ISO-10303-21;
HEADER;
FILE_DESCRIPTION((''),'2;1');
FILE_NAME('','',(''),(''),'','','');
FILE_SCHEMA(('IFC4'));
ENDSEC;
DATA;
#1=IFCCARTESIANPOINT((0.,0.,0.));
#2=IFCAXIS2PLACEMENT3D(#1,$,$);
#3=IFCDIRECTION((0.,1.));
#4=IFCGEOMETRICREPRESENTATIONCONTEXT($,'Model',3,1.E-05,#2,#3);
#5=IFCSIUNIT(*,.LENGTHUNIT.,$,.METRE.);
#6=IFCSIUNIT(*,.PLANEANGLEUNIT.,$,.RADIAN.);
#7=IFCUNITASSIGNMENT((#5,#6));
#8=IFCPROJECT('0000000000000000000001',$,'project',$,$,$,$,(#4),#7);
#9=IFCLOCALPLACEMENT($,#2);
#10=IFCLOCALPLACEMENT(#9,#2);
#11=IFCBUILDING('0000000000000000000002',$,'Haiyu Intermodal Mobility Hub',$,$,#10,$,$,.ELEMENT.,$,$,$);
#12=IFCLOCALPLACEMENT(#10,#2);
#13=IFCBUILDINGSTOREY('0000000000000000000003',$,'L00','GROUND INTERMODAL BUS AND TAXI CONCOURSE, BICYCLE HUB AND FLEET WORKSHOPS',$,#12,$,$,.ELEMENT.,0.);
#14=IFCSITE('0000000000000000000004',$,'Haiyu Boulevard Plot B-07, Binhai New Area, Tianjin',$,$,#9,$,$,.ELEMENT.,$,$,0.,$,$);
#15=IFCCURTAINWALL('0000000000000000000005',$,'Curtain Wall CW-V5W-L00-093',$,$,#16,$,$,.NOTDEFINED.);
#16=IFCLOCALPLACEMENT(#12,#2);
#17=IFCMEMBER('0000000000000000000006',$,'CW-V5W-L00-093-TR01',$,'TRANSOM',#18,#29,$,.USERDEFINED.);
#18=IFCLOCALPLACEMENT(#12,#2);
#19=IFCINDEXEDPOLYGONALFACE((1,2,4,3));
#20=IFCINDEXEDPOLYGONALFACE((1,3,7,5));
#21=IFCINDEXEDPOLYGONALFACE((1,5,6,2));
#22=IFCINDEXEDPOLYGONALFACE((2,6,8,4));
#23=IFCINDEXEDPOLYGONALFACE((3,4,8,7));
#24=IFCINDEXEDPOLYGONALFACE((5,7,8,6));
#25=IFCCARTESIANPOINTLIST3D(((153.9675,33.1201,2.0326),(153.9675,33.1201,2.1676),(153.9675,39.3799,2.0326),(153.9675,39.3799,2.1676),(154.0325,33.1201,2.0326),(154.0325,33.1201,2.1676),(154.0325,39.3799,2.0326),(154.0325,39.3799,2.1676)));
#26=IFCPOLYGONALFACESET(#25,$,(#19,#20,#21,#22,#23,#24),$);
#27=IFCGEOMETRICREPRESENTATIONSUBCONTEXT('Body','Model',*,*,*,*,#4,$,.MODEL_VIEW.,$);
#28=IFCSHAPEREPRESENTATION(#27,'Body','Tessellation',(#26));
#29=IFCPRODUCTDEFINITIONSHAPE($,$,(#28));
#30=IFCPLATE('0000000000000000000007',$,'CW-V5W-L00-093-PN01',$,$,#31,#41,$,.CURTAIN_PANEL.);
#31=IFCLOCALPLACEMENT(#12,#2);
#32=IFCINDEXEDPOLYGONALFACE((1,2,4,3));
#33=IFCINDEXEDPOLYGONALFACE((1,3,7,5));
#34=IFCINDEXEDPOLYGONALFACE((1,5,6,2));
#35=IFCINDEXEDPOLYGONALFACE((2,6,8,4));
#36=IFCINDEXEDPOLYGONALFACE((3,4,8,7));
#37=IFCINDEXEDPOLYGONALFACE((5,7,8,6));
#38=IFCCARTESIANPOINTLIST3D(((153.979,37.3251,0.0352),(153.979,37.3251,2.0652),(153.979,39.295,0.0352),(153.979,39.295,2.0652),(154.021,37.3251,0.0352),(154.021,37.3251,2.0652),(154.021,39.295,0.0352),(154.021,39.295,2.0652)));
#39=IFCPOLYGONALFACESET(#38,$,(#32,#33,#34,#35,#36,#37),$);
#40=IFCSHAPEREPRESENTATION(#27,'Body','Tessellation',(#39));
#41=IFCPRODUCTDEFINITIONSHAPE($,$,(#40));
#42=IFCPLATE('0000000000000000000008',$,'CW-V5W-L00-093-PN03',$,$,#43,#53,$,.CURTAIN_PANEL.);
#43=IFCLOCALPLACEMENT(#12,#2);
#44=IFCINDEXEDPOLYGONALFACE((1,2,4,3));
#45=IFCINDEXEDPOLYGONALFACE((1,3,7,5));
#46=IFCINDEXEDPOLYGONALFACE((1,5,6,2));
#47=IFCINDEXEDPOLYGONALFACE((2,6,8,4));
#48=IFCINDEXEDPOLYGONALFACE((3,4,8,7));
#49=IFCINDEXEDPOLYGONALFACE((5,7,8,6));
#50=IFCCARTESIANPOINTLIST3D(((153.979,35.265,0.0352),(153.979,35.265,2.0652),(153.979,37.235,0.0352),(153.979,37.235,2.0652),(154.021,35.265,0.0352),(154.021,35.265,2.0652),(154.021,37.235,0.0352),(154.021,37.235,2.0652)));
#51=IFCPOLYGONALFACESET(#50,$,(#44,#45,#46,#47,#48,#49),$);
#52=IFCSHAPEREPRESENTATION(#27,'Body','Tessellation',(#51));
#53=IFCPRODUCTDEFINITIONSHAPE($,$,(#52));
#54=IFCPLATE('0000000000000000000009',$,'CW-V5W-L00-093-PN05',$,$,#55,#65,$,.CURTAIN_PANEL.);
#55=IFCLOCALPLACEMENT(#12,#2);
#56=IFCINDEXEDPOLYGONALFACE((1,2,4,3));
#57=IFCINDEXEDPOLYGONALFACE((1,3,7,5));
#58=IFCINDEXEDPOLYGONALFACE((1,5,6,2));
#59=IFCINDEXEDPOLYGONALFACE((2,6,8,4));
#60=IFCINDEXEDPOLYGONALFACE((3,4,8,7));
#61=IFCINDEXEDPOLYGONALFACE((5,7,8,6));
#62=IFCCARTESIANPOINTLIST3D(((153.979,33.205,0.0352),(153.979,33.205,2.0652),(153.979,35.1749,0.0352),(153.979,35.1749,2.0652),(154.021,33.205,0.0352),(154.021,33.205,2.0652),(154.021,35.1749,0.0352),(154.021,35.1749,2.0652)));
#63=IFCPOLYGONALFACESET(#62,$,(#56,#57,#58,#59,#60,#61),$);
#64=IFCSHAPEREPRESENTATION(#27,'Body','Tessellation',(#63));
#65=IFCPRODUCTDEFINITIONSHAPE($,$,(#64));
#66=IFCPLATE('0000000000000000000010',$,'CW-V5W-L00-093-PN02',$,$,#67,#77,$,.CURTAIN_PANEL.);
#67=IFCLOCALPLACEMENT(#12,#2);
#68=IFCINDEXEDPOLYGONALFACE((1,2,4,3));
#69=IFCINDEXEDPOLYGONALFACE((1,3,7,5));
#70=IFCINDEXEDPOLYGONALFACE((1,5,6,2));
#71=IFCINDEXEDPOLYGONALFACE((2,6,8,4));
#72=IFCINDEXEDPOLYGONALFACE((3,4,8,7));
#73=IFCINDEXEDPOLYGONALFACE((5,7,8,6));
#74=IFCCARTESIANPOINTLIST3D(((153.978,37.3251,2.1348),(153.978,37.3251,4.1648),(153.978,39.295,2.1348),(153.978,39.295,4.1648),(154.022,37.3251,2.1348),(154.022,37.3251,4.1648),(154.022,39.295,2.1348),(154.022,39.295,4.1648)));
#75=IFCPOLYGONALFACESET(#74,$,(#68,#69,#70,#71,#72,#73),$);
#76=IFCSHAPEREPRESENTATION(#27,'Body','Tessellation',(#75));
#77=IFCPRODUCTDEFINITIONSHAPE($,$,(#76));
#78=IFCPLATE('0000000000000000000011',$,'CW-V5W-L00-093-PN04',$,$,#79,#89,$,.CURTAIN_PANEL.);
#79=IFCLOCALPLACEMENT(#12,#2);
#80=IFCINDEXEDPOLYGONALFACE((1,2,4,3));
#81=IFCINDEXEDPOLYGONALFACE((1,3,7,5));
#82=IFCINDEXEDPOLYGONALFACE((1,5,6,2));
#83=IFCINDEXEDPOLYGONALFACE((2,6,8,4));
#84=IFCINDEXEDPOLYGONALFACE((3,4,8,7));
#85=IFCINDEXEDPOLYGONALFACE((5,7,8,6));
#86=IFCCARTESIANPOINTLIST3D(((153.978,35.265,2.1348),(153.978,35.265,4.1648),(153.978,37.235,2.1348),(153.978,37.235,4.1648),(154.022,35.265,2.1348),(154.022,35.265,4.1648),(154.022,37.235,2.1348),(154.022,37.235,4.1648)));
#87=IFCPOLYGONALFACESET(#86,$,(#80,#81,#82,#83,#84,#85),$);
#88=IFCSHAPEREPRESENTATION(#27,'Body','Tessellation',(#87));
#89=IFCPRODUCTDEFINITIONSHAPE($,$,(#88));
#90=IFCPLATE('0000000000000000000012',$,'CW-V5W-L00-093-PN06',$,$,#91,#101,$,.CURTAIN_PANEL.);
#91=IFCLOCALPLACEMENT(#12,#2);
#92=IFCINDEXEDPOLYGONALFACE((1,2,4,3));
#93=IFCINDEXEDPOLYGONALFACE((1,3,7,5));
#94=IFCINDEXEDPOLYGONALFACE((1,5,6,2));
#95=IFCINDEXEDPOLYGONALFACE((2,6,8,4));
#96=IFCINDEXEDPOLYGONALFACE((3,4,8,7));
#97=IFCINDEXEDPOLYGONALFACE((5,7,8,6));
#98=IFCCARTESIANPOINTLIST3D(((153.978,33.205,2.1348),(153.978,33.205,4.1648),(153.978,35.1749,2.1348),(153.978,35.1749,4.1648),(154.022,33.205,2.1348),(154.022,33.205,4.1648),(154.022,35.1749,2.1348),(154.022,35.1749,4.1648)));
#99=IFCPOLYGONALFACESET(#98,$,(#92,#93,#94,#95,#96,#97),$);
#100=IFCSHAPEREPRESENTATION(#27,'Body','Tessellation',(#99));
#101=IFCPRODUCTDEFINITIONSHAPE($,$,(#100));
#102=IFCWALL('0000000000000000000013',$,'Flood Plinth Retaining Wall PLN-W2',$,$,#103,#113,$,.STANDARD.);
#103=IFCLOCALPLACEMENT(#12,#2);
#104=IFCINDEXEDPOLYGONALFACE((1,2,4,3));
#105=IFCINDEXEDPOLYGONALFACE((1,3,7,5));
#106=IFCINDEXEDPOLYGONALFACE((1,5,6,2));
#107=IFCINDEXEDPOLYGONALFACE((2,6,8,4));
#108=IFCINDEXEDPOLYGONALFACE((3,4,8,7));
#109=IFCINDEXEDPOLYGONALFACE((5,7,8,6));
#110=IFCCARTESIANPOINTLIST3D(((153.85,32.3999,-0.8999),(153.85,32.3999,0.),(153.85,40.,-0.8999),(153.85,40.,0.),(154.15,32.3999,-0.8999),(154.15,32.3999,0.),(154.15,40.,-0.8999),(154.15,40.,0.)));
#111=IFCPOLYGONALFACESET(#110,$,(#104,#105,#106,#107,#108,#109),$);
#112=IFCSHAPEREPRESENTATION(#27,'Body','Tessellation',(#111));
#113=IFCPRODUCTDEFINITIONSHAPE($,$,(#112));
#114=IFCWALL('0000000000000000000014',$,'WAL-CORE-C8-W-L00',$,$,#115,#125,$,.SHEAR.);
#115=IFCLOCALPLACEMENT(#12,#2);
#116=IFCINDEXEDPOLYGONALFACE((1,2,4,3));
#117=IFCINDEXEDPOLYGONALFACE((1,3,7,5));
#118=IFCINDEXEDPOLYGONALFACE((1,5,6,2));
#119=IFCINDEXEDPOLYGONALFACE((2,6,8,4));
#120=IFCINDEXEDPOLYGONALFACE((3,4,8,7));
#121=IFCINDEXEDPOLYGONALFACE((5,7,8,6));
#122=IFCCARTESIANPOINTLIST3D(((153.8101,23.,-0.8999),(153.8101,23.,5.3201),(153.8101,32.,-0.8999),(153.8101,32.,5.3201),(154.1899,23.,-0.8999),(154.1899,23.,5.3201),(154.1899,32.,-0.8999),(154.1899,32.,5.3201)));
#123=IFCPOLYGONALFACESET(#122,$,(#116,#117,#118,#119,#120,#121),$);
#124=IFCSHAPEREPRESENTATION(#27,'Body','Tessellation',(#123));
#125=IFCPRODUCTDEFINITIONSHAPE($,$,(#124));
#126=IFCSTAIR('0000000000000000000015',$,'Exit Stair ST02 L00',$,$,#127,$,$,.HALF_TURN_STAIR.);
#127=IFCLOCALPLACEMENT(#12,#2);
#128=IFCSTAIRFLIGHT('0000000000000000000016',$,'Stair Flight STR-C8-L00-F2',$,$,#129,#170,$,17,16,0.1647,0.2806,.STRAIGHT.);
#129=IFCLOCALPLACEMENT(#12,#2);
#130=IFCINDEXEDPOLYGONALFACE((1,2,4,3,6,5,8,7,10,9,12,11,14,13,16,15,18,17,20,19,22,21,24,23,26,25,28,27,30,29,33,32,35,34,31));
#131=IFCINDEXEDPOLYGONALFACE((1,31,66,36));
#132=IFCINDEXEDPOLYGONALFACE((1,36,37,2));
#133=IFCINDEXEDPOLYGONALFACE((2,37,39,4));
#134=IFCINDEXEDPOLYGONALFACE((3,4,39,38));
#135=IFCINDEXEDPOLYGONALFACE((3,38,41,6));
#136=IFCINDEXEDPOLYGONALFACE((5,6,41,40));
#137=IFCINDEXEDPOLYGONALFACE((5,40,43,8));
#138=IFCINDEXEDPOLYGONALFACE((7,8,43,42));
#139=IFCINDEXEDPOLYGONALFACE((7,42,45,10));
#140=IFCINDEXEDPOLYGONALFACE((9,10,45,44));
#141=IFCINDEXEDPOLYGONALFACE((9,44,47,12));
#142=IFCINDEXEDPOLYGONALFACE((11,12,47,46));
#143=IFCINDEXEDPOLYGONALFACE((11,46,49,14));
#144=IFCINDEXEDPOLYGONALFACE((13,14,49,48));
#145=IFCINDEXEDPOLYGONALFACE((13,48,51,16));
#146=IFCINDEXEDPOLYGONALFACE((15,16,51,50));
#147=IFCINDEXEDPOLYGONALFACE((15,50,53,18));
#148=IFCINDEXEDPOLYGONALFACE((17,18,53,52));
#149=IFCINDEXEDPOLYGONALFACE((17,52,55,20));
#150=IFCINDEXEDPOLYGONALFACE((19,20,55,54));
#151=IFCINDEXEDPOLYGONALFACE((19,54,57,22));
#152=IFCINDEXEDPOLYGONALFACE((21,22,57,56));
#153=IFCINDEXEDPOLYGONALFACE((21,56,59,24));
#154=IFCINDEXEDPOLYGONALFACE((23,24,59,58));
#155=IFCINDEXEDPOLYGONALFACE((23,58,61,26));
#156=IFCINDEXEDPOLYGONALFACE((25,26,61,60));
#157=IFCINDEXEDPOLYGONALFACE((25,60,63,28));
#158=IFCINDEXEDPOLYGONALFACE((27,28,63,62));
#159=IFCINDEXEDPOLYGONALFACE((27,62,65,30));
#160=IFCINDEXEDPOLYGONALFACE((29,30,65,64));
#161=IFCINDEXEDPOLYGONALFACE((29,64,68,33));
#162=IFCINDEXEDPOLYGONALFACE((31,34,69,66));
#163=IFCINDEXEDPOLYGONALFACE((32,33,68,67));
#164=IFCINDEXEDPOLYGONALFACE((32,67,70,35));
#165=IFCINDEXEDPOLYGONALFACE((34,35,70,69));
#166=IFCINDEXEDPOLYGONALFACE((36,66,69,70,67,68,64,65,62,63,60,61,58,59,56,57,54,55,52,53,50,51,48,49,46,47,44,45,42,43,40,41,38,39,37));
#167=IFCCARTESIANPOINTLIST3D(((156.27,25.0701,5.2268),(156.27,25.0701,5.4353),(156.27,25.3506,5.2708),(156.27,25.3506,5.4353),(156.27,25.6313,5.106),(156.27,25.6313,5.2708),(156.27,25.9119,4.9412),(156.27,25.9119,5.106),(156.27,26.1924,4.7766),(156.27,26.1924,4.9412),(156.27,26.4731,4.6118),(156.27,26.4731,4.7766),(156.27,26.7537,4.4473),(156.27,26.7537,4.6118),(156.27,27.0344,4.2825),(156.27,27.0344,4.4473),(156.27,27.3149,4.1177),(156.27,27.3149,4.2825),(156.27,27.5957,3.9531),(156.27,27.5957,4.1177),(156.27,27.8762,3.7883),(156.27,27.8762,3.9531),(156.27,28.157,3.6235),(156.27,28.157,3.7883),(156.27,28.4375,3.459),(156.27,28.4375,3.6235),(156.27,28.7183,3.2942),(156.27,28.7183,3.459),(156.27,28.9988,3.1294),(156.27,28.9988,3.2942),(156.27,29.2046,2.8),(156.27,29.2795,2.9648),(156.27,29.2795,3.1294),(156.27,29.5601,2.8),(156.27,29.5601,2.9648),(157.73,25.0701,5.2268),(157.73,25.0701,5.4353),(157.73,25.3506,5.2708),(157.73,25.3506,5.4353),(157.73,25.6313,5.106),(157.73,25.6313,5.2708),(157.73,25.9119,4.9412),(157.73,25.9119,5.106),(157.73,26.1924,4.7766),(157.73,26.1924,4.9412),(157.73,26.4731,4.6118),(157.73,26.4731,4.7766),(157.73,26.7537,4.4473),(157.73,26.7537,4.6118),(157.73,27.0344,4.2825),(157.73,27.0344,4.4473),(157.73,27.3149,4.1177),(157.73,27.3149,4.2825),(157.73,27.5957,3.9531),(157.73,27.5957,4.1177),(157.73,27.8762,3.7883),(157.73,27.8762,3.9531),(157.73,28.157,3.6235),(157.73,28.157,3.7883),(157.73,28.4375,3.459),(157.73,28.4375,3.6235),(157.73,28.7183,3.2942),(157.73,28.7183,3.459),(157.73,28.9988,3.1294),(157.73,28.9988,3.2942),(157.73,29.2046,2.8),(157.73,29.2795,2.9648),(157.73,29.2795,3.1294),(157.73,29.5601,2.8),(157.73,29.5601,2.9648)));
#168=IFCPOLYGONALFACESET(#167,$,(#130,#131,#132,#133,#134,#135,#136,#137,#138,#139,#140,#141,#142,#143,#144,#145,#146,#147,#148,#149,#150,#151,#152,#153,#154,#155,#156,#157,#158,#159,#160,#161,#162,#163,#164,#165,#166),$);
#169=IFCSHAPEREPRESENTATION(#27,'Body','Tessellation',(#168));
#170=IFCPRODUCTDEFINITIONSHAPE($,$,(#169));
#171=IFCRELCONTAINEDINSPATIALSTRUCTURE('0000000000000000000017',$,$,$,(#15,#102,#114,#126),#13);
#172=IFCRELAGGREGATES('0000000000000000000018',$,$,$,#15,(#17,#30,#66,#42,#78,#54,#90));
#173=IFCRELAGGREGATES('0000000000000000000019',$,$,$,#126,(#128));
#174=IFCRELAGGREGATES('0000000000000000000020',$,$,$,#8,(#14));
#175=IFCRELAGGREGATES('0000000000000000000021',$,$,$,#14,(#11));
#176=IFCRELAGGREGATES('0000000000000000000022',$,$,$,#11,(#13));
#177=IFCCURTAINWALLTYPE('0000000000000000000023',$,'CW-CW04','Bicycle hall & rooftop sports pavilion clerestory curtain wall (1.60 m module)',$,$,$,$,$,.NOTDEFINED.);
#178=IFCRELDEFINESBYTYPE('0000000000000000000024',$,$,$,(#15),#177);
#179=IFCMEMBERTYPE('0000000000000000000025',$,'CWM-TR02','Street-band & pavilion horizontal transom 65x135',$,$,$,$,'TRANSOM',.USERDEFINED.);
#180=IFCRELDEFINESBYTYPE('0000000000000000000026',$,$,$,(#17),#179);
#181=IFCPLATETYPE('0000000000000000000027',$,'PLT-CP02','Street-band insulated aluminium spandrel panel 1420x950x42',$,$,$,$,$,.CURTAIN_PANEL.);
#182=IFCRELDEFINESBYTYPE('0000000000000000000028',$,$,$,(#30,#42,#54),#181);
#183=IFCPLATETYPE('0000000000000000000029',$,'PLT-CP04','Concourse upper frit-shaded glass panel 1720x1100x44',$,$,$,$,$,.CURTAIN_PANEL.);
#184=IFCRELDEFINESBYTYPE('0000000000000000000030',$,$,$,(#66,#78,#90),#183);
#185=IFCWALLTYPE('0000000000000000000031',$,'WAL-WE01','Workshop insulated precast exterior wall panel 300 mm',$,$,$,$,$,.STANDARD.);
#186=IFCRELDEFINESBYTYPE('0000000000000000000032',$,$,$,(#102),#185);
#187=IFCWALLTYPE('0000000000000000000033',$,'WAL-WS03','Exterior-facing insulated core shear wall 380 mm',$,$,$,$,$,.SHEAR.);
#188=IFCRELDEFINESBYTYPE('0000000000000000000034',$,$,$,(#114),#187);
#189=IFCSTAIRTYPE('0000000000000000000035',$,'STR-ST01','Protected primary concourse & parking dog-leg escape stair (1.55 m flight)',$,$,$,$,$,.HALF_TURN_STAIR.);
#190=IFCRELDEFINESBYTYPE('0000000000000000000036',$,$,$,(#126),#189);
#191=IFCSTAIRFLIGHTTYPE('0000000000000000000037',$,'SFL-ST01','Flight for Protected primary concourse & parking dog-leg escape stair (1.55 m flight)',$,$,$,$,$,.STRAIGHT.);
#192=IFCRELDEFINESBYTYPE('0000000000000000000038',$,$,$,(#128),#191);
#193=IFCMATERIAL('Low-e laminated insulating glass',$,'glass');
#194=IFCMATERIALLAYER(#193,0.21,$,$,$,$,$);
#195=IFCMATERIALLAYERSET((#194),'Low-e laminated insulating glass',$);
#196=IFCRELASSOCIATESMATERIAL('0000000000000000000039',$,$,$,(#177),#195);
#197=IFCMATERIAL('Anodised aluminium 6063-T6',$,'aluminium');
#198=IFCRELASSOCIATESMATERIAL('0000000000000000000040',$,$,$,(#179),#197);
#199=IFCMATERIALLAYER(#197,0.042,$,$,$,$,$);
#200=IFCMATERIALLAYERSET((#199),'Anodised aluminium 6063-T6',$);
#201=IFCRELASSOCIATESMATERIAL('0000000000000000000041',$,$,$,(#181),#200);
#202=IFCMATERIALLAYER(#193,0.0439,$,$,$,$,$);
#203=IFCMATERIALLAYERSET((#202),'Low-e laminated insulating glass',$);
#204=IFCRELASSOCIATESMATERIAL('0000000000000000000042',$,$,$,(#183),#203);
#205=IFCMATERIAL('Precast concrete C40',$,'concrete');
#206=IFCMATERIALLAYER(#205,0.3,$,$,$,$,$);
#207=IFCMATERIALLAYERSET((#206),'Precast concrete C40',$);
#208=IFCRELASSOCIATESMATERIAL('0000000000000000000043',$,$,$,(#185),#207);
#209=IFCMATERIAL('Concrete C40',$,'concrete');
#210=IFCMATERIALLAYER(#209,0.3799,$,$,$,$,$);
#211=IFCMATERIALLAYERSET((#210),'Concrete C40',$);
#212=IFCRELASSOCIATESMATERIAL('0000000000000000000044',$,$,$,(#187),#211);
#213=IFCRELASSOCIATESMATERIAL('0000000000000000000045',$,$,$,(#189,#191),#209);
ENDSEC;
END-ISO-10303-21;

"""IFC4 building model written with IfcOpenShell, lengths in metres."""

from ifc_helpers import new_model, si_unit, direction, frame, frame_2d, origin, origin_2d, place, context, subcontext, project, spatial, polyline, rectangle, outline, extrude, material, layer, layer_set, material_profile, profile_set, type_object, element, aggregate, save


model = new_model("IFC4")

# Units and contexts
model_context = context("Model", 3, precision=1e-05, world=origin(), true_north=direction((0.0, 1.0)))
body_context = subcontext(model_context, "Body", "Model", "MODEL_VIEW")
ifc_project = project(units=[si_unit("LENGTHUNIT", "METRE"), si_unit("PLANEANGLEUNIT", "RADIAN")], contexts=[model_context])

# Site, building, storey
site_placement = place(None, origin())
site = spatial("IfcSite", under=ifc_project, at=site_placement, Name="Haiyu Boulevard Plot B-07, Binhai New Area, Tianjin", CompositionType="ELEMENT", RefElevation=0.0)
building_placement = place(site_placement, origin())
building = spatial("IfcBuilding", under=site, at=building_placement, Name="Haiyu Intermodal Mobility Hub", CompositionType="ELEMENT")
storey_placement = place(building_placement, origin())
storey = spatial("IfcBuildingStorey", under=building, at=storey_placement, Name="L00", Description="GROUND INTERMODAL BUS AND TAXI CONCOURSE, BICYCLE HUB AND FLEET WORKSHOPS", CompositionType="ELEMENT", Elevation=0.0)

# Shared definitions
ifc_material_1 = material(Name="Concrete C40", Category="concrete")

# Curtain wall, member, plates
ifc_material_2 = material(Name="Low-e laminated insulating glass", Category="glass")
ifc_layer_1 = layer(ifc_material_2, 0.21)
ifc_layer_set_1 = layer_set([ifc_layer_1], Name="Low-e laminated insulating glass")
curtain_wall_type = type_object("IfcCurtainWallType", Name="CW-CW04", Description="Bicycle hall & rooftop sports pavilion clerestory curtain wall (1.60 m module)", PredefinedType="NOTDEFINED", material=ifc_layer_set_1)
curtain_wall_placement = place(storey_placement, origin())
curtain_wall = element("IfcCurtainWall", 1, at=curtain_wall_placement, inside=storey, type_object=curtain_wall_type, Name="Curtain Wall CW-V5W-L00-093", PredefinedType="NOTDEFINED")
ifc_material_3 = material(Name="Anodised aluminium 6063-T6", Category="aluminium")
ifc_material_profile_1 = material_profile(ifc_material_3, rectangle(XDim=0.0649, YDim=0.135, at=origin_2d()), Name="ALU65x135")
ifc_profile_set_1 = profile_set([ifc_material_profile_1], Name="Anodised aluminium 6063-T6")
member_type_1 = type_object("IfcMemberType", Name="CWM-TR02", Description="Street-band & pavilion horizontal transom 65x135", ElementType="TRANSOM", PredefinedType="USERDEFINED", material=ifc_profile_set_1)
member_1_placement = place(storey_placement, frame((154.0, 39.3799, 2.1001), z_axis=(0.0, -1.0, 0.0), x_axis=(1.0, 0.0, 0.0)))
member_1 = element("IfcMember", 2, at=member_1_placement, type_object=member_type_1, Name="CW-V5W-L00-093-TR01", ObjectType="TRANSOM", PredefinedType="USERDEFINED", context=body_context, shape_type="SweptSolid", body=[
    extrude(rectangle(XDim=0.0649, YDim=0.135, at=origin_2d()), origin(), (0.0, 0.0, 1.0), 6.2598),
])
ifc_layer_2 = layer(ifc_material_3, 0.042)
ifc_layer_set_2 = layer_set([ifc_layer_2], Name="Anodised aluminium 6063-T6")
plate_type_1 = type_object("IfcPlateType", Name="PLT-CP02", Description="Street-band insulated aluminium spandrel panel 1420x950x42", PredefinedType="CURTAIN_PANEL", material=ifc_layer_set_2)
plate_1_placement = place(storey_placement, frame((154.0, 38.3101, 0.0352), z_axis=(0.0, 0.0, 1.0), x_axis=(0.0, -1.0, 0.0)))
plate_1 = element("IfcPlate", 3, at=plate_1_placement, type_object=plate_type_1, Name="CW-V5W-L00-093-PN01", PredefinedType="CURTAIN_PANEL", context=body_context, shape_type="SweptSolid", body=[
    extrude(rectangle(XDim=1.97, YDim=0.042, at=origin_2d()), origin(), (0.0, 0.0, 1.0), 2.03),
])
plate_2_placement = place(storey_placement, frame((154.0, 36.25, 0.0352), z_axis=(0.0, 0.0, 1.0), x_axis=(0.0, -1.0, 0.0)))
plate_2 = element("IfcPlate", 4, at=plate_2_placement, type_object=plate_type_1, Name="CW-V5W-L00-093-PN03", PredefinedType="CURTAIN_PANEL", context=body_context, shape_type="SweptSolid", body=[
    extrude(rectangle(XDim=1.97, YDim=0.042, at=origin_2d()), origin(), (0.0, 0.0, 1.0), 2.03),
])
plate_3_placement = place(storey_placement, frame((154.0, 34.1899, 0.0352), z_axis=(0.0, 0.0, 1.0), x_axis=(0.0, -1.0, 0.0)))
plate_3 = element("IfcPlate", 5, at=plate_3_placement, type_object=plate_type_1, Name="CW-V5W-L00-093-PN05", PredefinedType="CURTAIN_PANEL", context=body_context, shape_type="SweptSolid", body=[
    extrude(rectangle(XDim=1.97, YDim=0.042, at=origin_2d()), origin(), (0.0, 0.0, 1.0), 2.03),
])
ifc_layer_3 = layer(ifc_material_2, 0.0439)
ifc_layer_set_3 = layer_set([ifc_layer_3], Name="Low-e laminated insulating glass")
plate_type_2 = type_object("IfcPlateType", Name="PLT-CP04", Description="Concourse upper frit-shaded glass panel 1720x1100x44", PredefinedType="CURTAIN_PANEL", material=ifc_layer_set_3)
plate_4_placement = place(storey_placement, frame((154.0, 38.3101, 2.1348), z_axis=(0.0, 0.0, 1.0), x_axis=(0.0, -1.0, 0.0)))
plate_4 = element("IfcPlate", 6, at=plate_4_placement, type_object=plate_type_2, Name="CW-V5W-L00-093-PN02", PredefinedType="CURTAIN_PANEL", context=body_context, shape_type="SweptSolid", body=[
    extrude(rectangle(XDim=1.97, YDim=0.0439, at=origin_2d()), origin(), (0.0, 0.0, 1.0), 2.03),
])
plate_5_placement = place(storey_placement, frame((154.0, 36.25, 2.1348), z_axis=(0.0, 0.0, 1.0), x_axis=(0.0, -1.0, 0.0)))
plate_5 = element("IfcPlate", 7, at=plate_5_placement, type_object=plate_type_2, Name="CW-V5W-L00-093-PN04", PredefinedType="CURTAIN_PANEL", context=body_context, shape_type="SweptSolid", body=[
    extrude(rectangle(XDim=1.97, YDim=0.0439, at=origin_2d()), origin(), (0.0, 0.0, 1.0), 2.03),
])
plate_6_placement = place(storey_placement, frame((154.0, 34.1899, 2.1348), z_axis=(0.0, 0.0, 1.0), x_axis=(0.0, -1.0, 0.0)))
plate_6 = element("IfcPlate", 8, at=plate_6_placement, type_object=plate_type_2, Name="CW-V5W-L00-093-PN06", PredefinedType="CURTAIN_PANEL", context=body_context, shape_type="SweptSolid", body=[
    extrude(rectangle(XDim=1.97, YDim=0.0439, at=origin_2d()), origin(), (0.0, 0.0, 1.0), 2.03),
])
aggregate(curtain_wall, [member_1, plate_1, plate_4, plate_2, plate_5, plate_3, plate_6])

# Wall
ifc_material_4 = material(Name="Precast concrete C40", Category="concrete")
ifc_layer_4 = layer(ifc_material_4, 0.3)
ifc_layer_set_4 = layer_set([ifc_layer_4], Name="Precast concrete C40")
wall_type_1 = type_object("IfcWallType", Name="WAL-WE01", Description="Workshop insulated precast exterior wall panel 300 mm", PredefinedType="STANDARD", material=ifc_layer_set_4)
wall_1_placement = place(storey_placement, frame((154.0, 32.3999, -0.8999), z_axis=(0.0, 0.0, 1.0), x_axis=(0.0, 1.0, 0.0)))
element("IfcWall", 9, at=wall_1_placement, inside=storey, type_object=wall_type_1, Name="Flood Plinth Retaining Wall PLN-W2", PredefinedType="STANDARD", context=body_context, shape_type="SweptSolid", body=[
    extrude(rectangle(XDim=7.6001, YDim=0.3, at=frame_2d((3.8, 0.0))), origin(), (0.0, 0.0, 1.0), 0.8999),
])

# Wall
ifc_layer_5 = layer(ifc_material_1, 0.3799)
ifc_layer_set_5 = layer_set([ifc_layer_5], Name="Concrete C40")
wall_type_2 = type_object("IfcWallType", Name="WAL-WS03", Description="Exterior-facing insulated core shear wall 380 mm", PredefinedType="SHEAR", material=ifc_layer_set_5)
wall_2_placement = place(storey_placement, frame((154.0, 32.0, -0.8999), z_axis=(0.0, 0.0, 1.0), x_axis=(0.0, -1.0, 0.0)))
element("IfcWall", 10, at=wall_2_placement, inside=storey, type_object=wall_type_2, Name="WAL-CORE-C8-W-L00", PredefinedType="SHEAR", context=body_context, shape_type="SweptSolid", body=[
    extrude(rectangle(XDim=9.0, YDim=0.3799, at=frame_2d((4.5, 0.0))), origin(), (0.0, 0.0, 1.0), 6.22),
])

# Stair, stair flight
stair_type = type_object("IfcStairType", Name="STR-ST01", Description="Protected primary concourse & parking dog-leg escape stair (1.55 m flight)", PredefinedType="HALF_TURN_STAIR", material=ifc_material_1)
stair_placement = place(storey_placement, origin())
stair = element("IfcStair", 11, at=stair_placement, inside=storey, type_object=stair_type, Name="Exit Stair ST02 L00", PredefinedType="HALF_TURN_STAIR")
stair_flight_type = type_object("IfcStairFlightType", Name="SFL-ST01", Description="Flight for Protected primary concourse & parking dog-leg escape stair (1.55 m flight)", PredefinedType="STRAIGHT", material=ifc_material_1)
stair_flight_placement = place(storey_placement, frame((157.0, 29.5601, 2.8), z_axis=(0.0, 0.0, 1.0), x_axis=(0.0, -1.0, 0.0)))
stair_flight = element("IfcStairFlight", 12, at=stair_flight_placement, type_object=stair_flight_type, Name="Stair Flight STR-C8-L00-F2", NumberOfRisers=17, NumberOfTreads=16, PredefinedType="STRAIGHT", RiserHeight=0.1647, TreadLength=0.2806, context=body_context, shape_type="SweptSolid", body=[
    extrude(outline(polyline([(0.0, 0.0), (0.0, 0.1648), (0.2805, 0.1648), (0.2805, 0.3293), (0.5613, 0.3293), (0.5613, 0.4941), (0.8418, 0.4941), (0.8418, 0.6589), (1.1226, 0.6589), (1.1226, 0.8235), (1.4031, 0.8235), (1.4031, 0.9883), (1.6838, 0.9883), (1.6838, 1.1531), (1.9644, 1.1531), (1.9644, 1.3176), (2.2451, 1.3176), (2.2451, 1.4824), (2.5256, 1.4824), (2.5256, 1.6472), (2.8064, 1.6472), (2.8064, 1.8118), (3.0869, 1.8118), (3.0869, 1.9766), (3.3677, 1.9766), (3.3677, 2.1411), (3.6482, 2.1411), (3.6482, 2.3059), (3.9287, 2.3059), (3.9287, 2.4707), (4.2095, 2.4707), (4.2095, 2.6353), (4.49, 2.6353), (4.49, 2.8), (4.49, 2.4268), (0.3555, 0.0), (0.0, 0.0)])), frame((0.0, 0.73, 0.0), z_axis=(0.0, -1.0, 0.0), x_axis=(1.0, 0.0, 0.0)), (0.0, 0.0, 1.0), 1.46),
])
aggregate(stair, [stair_flight])

save(model, "model.ifc")
